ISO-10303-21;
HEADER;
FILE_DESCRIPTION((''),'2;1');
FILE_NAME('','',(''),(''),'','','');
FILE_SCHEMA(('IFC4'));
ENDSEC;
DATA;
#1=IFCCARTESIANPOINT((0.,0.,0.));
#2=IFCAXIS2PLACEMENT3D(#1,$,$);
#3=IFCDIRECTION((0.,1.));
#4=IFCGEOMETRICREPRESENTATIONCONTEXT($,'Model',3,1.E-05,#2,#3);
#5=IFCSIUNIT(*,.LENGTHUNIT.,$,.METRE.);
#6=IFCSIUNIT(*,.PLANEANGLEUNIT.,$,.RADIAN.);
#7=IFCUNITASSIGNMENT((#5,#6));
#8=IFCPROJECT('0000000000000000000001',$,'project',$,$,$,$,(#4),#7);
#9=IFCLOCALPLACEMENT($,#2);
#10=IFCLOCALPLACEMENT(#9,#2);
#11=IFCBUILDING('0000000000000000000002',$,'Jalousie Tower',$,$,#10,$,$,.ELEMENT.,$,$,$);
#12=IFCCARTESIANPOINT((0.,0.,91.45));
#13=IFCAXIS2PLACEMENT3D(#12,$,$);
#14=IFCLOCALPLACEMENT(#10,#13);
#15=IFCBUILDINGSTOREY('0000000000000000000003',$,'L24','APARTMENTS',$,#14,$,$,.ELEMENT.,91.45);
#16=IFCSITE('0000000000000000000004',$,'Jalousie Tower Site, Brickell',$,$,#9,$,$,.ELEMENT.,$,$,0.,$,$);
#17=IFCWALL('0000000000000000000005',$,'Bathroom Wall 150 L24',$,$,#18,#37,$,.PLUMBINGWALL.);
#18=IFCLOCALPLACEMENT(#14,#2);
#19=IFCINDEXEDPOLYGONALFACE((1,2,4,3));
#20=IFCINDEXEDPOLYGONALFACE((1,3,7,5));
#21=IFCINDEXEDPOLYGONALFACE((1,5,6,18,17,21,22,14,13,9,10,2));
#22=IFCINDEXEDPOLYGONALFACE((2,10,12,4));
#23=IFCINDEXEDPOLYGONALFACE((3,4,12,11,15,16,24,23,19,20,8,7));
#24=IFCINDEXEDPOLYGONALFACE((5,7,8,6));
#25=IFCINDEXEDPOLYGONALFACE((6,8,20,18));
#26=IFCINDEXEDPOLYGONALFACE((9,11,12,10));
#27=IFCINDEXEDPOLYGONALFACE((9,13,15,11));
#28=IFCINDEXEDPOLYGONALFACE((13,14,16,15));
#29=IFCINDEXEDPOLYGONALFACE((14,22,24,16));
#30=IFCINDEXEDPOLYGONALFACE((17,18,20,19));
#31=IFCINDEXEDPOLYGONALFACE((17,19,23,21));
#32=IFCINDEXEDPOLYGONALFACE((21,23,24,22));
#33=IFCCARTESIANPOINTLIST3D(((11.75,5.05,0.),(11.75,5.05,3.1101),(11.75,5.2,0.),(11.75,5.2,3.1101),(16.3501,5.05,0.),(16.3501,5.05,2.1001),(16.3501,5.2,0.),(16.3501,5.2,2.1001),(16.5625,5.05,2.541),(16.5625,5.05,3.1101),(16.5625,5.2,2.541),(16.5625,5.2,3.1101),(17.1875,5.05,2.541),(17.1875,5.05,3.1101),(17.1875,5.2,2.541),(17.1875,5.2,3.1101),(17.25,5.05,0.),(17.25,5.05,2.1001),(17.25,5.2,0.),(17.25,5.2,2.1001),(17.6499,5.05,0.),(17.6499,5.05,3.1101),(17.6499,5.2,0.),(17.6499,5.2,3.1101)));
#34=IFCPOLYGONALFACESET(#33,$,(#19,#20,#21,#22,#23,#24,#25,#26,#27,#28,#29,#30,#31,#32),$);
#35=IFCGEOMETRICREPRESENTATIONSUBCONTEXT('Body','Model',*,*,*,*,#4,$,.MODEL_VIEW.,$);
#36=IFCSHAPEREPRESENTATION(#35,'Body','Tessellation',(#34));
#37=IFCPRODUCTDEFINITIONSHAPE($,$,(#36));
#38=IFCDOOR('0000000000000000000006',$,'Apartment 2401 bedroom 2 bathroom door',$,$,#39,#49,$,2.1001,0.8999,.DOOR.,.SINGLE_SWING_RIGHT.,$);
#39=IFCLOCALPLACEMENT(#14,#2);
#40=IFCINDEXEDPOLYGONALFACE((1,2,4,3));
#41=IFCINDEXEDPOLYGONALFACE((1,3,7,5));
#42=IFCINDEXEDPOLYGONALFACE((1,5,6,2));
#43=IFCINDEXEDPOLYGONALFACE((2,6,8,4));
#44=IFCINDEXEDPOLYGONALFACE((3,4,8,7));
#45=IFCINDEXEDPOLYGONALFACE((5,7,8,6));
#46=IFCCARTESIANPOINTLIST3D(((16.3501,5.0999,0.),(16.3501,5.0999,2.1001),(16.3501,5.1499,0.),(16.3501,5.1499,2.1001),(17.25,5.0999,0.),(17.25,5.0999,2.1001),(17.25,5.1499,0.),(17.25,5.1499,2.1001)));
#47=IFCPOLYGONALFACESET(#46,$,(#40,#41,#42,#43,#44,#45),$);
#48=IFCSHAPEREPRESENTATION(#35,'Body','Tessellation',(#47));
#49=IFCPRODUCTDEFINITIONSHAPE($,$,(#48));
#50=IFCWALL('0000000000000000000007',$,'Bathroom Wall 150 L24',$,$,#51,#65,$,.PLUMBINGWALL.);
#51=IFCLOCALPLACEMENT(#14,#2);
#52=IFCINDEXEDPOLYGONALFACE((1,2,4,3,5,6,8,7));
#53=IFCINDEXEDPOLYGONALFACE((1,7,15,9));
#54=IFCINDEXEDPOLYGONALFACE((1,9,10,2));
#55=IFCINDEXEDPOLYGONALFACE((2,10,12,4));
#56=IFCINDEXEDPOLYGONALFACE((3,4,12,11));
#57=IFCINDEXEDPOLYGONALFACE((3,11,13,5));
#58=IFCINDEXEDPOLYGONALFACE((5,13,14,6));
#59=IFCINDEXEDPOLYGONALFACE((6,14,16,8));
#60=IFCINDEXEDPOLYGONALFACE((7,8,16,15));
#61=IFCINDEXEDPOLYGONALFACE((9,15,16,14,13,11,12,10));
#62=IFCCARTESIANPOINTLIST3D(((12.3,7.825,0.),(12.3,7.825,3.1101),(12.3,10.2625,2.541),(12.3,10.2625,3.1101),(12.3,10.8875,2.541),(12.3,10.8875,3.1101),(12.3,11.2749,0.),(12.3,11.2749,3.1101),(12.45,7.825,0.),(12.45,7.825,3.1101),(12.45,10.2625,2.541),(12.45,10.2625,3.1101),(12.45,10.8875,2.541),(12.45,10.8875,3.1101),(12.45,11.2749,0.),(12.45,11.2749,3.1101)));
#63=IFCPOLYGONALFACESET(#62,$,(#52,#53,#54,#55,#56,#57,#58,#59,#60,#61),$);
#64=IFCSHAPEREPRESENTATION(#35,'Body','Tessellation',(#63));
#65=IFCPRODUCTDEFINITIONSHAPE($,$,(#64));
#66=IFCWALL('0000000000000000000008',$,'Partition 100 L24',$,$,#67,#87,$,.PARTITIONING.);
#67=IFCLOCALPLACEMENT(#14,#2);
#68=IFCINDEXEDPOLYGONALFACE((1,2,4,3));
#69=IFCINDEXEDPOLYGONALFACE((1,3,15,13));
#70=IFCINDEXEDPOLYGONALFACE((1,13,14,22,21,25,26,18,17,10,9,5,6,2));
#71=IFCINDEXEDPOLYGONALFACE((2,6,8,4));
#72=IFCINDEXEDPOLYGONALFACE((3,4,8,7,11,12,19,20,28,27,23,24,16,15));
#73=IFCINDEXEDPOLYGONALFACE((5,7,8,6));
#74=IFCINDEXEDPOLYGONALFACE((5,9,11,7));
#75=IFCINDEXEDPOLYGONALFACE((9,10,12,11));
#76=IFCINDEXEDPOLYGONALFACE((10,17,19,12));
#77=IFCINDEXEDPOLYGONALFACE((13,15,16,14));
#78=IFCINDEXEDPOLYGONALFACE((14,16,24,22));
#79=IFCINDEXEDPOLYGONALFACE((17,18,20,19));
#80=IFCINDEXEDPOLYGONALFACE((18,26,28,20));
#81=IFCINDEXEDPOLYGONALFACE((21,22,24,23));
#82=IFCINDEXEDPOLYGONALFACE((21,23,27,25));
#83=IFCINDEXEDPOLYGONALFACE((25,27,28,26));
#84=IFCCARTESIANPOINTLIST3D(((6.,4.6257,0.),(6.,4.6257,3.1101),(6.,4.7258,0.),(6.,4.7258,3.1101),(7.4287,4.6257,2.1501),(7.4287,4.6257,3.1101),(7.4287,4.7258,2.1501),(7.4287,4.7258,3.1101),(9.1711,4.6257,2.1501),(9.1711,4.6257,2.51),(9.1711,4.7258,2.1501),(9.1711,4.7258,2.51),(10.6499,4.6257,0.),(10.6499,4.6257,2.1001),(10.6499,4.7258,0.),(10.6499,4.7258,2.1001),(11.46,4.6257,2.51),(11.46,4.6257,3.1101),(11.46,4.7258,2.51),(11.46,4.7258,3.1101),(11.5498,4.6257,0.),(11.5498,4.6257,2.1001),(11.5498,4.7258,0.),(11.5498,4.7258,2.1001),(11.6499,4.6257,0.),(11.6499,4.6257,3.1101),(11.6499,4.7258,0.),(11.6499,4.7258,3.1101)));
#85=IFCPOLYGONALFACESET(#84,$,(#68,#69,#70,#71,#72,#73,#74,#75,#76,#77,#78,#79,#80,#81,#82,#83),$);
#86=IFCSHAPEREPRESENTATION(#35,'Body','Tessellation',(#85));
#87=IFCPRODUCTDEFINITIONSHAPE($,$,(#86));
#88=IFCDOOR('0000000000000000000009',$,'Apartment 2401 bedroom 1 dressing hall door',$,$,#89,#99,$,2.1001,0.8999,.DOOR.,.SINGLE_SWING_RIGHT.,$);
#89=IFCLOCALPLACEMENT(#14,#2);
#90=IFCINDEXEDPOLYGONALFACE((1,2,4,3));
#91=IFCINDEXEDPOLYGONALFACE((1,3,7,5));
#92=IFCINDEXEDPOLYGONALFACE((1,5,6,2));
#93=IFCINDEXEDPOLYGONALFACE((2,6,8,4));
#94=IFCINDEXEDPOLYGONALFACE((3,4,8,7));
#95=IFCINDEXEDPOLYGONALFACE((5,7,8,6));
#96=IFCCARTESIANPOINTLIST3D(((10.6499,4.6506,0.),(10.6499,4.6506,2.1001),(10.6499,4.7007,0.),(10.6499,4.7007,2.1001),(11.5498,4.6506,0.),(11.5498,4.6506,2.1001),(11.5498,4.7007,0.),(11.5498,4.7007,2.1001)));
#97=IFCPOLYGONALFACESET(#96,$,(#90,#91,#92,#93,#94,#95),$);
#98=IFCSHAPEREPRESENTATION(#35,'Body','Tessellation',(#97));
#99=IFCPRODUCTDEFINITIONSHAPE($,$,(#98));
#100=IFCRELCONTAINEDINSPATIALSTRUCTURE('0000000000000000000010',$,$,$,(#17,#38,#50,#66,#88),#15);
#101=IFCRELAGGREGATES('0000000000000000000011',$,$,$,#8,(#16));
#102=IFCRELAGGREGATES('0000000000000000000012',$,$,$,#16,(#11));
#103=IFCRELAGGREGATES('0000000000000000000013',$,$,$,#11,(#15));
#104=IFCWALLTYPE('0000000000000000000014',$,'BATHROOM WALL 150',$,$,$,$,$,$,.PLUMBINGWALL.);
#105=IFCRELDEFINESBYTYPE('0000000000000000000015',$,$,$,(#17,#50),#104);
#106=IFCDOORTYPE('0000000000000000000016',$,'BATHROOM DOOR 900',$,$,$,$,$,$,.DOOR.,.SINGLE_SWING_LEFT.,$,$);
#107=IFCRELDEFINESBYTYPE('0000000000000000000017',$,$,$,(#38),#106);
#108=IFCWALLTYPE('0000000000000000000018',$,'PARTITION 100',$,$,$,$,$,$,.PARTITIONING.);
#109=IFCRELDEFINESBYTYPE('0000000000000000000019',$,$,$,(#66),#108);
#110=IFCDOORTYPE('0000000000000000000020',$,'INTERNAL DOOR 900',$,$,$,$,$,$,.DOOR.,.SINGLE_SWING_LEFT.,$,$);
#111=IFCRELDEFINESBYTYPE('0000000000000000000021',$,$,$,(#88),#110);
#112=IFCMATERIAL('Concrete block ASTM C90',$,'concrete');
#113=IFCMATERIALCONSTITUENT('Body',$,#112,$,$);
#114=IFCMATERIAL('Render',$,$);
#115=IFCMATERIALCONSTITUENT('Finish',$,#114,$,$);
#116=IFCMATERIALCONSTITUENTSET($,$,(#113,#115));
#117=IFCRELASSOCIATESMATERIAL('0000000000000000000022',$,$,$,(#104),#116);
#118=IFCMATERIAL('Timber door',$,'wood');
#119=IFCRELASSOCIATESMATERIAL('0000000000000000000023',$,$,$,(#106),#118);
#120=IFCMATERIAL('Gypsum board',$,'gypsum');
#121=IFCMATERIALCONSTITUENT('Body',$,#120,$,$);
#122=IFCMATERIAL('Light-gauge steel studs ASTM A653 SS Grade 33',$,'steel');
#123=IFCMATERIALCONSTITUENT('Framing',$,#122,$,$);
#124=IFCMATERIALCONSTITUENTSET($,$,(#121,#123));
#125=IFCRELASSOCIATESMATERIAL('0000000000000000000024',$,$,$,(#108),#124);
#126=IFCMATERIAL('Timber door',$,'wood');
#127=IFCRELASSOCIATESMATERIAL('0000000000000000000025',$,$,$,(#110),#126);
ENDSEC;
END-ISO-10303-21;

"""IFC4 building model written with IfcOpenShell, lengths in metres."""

from ifc_helpers import new_model, si_unit, direction, frame, frame_2d, origin, place, context, subcontext, project, spatial, polyline, rectangle, outline, extrude, material, constituent, constituent_set, type_object, element, fill, save


model = new_model("IFC4")

# Units and contexts
model_context = context("Model", 3, precision=1e-05, world=origin(), true_north=direction((0.0, 1.0)))
body_context = subcontext(model_context, "Body", "Model", "MODEL_VIEW")
ifc_project = project(units=[si_unit("LENGTHUNIT", "METRE"), si_unit("PLANEANGLEUNIT", "RADIAN")], contexts=[model_context])

# Site, building, storey
site_placement = place(None, origin())
site = spatial("IfcSite", under=ifc_project, at=site_placement, Name="Jalousie Tower Site, Brickell", CompositionType="ELEMENT", RefElevation=0.0)
building_placement = place(site_placement, origin())
building = spatial("IfcBuilding", under=site, at=building_placement, Name="Jalousie Tower", CompositionType="ELEMENT")
storey_placement = place(building_placement, frame((0.0, 0.0, 91.45)))
storey = spatial("IfcBuildingStorey", under=building, at=storey_placement, Name="L24", Description="APARTMENTS", CompositionType="ELEMENT", Elevation=91.45)

# Wall, opening, door
ifc_material_1 = material(Name="Concrete block ASTM C90", Category="concrete")
ifc_constituent_1 = constituent(ifc_material_1, Name="Body")
ifc_material_2 = material(Name="Render")
ifc_constituent_2 = constituent(ifc_material_2, Name="Finish")
ifc_constituent_set_1 = constituent_set(constituents=[ifc_constituent_1, ifc_constituent_2])
wall_type_1 = type_object("IfcWallType", Name="BATHROOM WALL 150", PredefinedType="PLUMBINGWALL", material=ifc_constituent_set_1)
wall_1_placement = place(storey_placement, frame((11.75, 5.125, 0.0), z_axis=(0.0, 0.0, 1.0), x_axis=(1.0, 0.0, 0.0)))
wall_1 = element("IfcWall", 1, at=wall_1_placement, inside=storey, type_object=wall_type_1, Name="Bathroom Wall 150 L24", PredefinedType="PLUMBINGWALL", context=body_context, shape_type="SweptSolid", body=[
    extrude(outline(polyline([(0.0, 0.0), (5.8999, 0.0), (5.8999, 3.1101), (5.4375, 3.1101), (5.4375, 2.541), (4.8125, 2.541), (4.8125, 3.1101), (0.0, 3.1101), (0.0, 0.0)])), frame((0.0, 0.075, 0.0), z_axis=(0.0, -1.0, 0.0), x_axis=(1.0, 0.0, 0.0)), (0.0, 0.0, 1.0), 0.1499),
])
opening_1_placement = place(wall_1_placement, frame((4.6001, 0.0, 0.0)))
opening_1 = element("IfcOpeningElement", 2, at=opening_1_placement, cuts=wall_1, PredefinedType="OPENING", context=body_context, shape_type="SweptSolid", body=[
    extrude(rectangle(XDim=0.8999, YDim=2.1001, at=frame_2d((0.45, 1.05))), frame((0.0, 0.085, 0.0), z_axis=(0.0, -1.0, 0.0), x_axis=(1.0, 0.0, 0.0)), (0.0, 0.0, 1.0), 0.1699),
])
ifc_material_3 = material(Name="Timber door", Category="wood")
door_type_1 = type_object("IfcDoorType", Name="BATHROOM DOOR 900", OperationType="SINGLE_SWING_LEFT", PredefinedType="DOOR", material=ifc_material_3)
door_1_placement = place(opening_1_placement, origin())
door_1 = element("IfcDoor", 3, at=door_1_placement, inside=storey, type_object=door_type_1, Name="Apartment 2401 bedroom 2 bathroom door", OperationType="SINGLE_SWING_RIGHT", OverallHeight=2.1001, OverallWidth=0.8999, PredefinedType="DOOR", context=body_context, shape_type="SweptSolid", body=[
    extrude(rectangle(XDim=0.8999, YDim=2.1001, at=frame_2d((0.45, 1.05))), frame((0.0, 0.0249, 0.0), z_axis=(0.0, -1.0, 0.0), x_axis=(1.0, 0.0, 0.0)), (0.0, 0.0, 1.0), 0.05),
])
fill(opening_1, door_1)

# Wall
wall_2_placement = place(storey_placement, frame((12.375, 7.825, 0.0), z_axis=(0.0, 0.0, 1.0), x_axis=(0.0, 1.0, 0.0)))
element("IfcWall", 4, at=wall_2_placement, inside=storey, type_object=wall_type_1, Name="Bathroom Wall 150 L24", PredefinedType="PLUMBINGWALL", context=body_context, shape_type="SweptSolid", body=[
    extrude(outline(polyline([(0.0, 0.0), (3.45, 0.0), (3.45, 3.1101), (3.0625, 3.1101), (3.0625, 2.541), (2.4375, 2.541), (2.4375, 3.1101), (0.0, 3.1101), (0.0, 0.0)])), frame((0.0, 0.075, 0.0), z_axis=(0.0, -1.0, 0.0), x_axis=(1.0, 0.0, 0.0)), (0.0, 0.0, 1.0), 0.1499),
])

# Wall, opening, door
ifc_material_4 = material(Name="Gypsum board", Category="gypsum")
ifc_constituent_3 = constituent(ifc_material_4, Name="Body")
ifc_material_5 = material(Name="Light-gauge steel studs ASTM A653 SS Grade 33", Category="steel")
ifc_constituent_4 = constituent(ifc_material_5, Name="Framing")
ifc_constituent_set_2 = constituent_set(constituents=[ifc_constituent_3, ifc_constituent_4])
wall_type_2 = type_object("IfcWallType", Name="PARTITION 100", PredefinedType="PARTITIONING", material=ifc_constituent_set_2)
wall_3_placement = place(storey_placement, frame((6.0, 4.6758, 0.0), z_axis=(0.0, 0.0, 1.0), x_axis=(1.0, 0.0, 0.0)))
wall_3 = element("IfcWall", 5, at=wall_3_placement, inside=storey, type_object=wall_type_2, Name="Partition 100 L24", PredefinedType="PARTITIONING", context=body_context, shape_type="SweptSolid", body=[
    extrude(outline(polyline([(0.0, 0.0), (5.6499, 0.0), (5.6499, 3.1101), (5.46, 3.1101), (5.46, 2.51), (3.1711, 2.51), (3.1711, 2.1501), (1.4287, 2.1501), (1.4287, 3.1101), (0.0, 3.1101), (0.0, 0.0)])), frame((0.0, 0.05, 0.0), z_axis=(0.0, -1.0, 0.0), x_axis=(1.0, 0.0, 0.0)), (0.0, 0.0, 1.0), 0.1001),
])
opening_2_placement = place(wall_3_placement, frame((4.6499, 0.0, 0.0)))
opening_2 = element("IfcOpeningElement", 6, at=opening_2_placement, cuts=wall_3, PredefinedType="OPENING", context=body_context, shape_type="SweptSolid", body=[
    extrude(rectangle(XDim=0.8999, YDim=2.1001, at=frame_2d((0.45, 1.05))), frame((0.0, 0.0601, 0.0), z_axis=(0.0, -1.0, 0.0), x_axis=(1.0, 0.0, 0.0)), (0.0, 0.0, 1.0), 0.1201),
])
ifc_material_6 = material(Name="Timber door", Category="wood")
door_type_2 = type_object("IfcDoorType", Name="INTERNAL DOOR 900", OperationType="SINGLE_SWING_LEFT", PredefinedType="DOOR", material=ifc_material_6)
door_2_placement = place(opening_2_placement, origin())
door_2 = element("IfcDoor", 7, at=door_2_placement, inside=storey, type_object=door_type_2, Name="Apartment 2401 bedroom 1 dressing hall door", OperationType="SINGLE_SWING_RIGHT", OverallHeight=2.1001, OverallWidth=0.8999, PredefinedType="DOOR", context=body_context, shape_type="SweptSolid", body=[
    extrude(rectangle(XDim=0.8999, YDim=2.1001, at=frame_2d((0.45, 1.05))), frame((0.0, 0.0249, 0.0), z_axis=(0.0, -1.0, 0.0), x_axis=(1.0, 0.0, 0.0)), (0.0, 0.0, 1.0), 0.05),
])
fill(opening_2, door_2)

save(model, "model.ifc")
